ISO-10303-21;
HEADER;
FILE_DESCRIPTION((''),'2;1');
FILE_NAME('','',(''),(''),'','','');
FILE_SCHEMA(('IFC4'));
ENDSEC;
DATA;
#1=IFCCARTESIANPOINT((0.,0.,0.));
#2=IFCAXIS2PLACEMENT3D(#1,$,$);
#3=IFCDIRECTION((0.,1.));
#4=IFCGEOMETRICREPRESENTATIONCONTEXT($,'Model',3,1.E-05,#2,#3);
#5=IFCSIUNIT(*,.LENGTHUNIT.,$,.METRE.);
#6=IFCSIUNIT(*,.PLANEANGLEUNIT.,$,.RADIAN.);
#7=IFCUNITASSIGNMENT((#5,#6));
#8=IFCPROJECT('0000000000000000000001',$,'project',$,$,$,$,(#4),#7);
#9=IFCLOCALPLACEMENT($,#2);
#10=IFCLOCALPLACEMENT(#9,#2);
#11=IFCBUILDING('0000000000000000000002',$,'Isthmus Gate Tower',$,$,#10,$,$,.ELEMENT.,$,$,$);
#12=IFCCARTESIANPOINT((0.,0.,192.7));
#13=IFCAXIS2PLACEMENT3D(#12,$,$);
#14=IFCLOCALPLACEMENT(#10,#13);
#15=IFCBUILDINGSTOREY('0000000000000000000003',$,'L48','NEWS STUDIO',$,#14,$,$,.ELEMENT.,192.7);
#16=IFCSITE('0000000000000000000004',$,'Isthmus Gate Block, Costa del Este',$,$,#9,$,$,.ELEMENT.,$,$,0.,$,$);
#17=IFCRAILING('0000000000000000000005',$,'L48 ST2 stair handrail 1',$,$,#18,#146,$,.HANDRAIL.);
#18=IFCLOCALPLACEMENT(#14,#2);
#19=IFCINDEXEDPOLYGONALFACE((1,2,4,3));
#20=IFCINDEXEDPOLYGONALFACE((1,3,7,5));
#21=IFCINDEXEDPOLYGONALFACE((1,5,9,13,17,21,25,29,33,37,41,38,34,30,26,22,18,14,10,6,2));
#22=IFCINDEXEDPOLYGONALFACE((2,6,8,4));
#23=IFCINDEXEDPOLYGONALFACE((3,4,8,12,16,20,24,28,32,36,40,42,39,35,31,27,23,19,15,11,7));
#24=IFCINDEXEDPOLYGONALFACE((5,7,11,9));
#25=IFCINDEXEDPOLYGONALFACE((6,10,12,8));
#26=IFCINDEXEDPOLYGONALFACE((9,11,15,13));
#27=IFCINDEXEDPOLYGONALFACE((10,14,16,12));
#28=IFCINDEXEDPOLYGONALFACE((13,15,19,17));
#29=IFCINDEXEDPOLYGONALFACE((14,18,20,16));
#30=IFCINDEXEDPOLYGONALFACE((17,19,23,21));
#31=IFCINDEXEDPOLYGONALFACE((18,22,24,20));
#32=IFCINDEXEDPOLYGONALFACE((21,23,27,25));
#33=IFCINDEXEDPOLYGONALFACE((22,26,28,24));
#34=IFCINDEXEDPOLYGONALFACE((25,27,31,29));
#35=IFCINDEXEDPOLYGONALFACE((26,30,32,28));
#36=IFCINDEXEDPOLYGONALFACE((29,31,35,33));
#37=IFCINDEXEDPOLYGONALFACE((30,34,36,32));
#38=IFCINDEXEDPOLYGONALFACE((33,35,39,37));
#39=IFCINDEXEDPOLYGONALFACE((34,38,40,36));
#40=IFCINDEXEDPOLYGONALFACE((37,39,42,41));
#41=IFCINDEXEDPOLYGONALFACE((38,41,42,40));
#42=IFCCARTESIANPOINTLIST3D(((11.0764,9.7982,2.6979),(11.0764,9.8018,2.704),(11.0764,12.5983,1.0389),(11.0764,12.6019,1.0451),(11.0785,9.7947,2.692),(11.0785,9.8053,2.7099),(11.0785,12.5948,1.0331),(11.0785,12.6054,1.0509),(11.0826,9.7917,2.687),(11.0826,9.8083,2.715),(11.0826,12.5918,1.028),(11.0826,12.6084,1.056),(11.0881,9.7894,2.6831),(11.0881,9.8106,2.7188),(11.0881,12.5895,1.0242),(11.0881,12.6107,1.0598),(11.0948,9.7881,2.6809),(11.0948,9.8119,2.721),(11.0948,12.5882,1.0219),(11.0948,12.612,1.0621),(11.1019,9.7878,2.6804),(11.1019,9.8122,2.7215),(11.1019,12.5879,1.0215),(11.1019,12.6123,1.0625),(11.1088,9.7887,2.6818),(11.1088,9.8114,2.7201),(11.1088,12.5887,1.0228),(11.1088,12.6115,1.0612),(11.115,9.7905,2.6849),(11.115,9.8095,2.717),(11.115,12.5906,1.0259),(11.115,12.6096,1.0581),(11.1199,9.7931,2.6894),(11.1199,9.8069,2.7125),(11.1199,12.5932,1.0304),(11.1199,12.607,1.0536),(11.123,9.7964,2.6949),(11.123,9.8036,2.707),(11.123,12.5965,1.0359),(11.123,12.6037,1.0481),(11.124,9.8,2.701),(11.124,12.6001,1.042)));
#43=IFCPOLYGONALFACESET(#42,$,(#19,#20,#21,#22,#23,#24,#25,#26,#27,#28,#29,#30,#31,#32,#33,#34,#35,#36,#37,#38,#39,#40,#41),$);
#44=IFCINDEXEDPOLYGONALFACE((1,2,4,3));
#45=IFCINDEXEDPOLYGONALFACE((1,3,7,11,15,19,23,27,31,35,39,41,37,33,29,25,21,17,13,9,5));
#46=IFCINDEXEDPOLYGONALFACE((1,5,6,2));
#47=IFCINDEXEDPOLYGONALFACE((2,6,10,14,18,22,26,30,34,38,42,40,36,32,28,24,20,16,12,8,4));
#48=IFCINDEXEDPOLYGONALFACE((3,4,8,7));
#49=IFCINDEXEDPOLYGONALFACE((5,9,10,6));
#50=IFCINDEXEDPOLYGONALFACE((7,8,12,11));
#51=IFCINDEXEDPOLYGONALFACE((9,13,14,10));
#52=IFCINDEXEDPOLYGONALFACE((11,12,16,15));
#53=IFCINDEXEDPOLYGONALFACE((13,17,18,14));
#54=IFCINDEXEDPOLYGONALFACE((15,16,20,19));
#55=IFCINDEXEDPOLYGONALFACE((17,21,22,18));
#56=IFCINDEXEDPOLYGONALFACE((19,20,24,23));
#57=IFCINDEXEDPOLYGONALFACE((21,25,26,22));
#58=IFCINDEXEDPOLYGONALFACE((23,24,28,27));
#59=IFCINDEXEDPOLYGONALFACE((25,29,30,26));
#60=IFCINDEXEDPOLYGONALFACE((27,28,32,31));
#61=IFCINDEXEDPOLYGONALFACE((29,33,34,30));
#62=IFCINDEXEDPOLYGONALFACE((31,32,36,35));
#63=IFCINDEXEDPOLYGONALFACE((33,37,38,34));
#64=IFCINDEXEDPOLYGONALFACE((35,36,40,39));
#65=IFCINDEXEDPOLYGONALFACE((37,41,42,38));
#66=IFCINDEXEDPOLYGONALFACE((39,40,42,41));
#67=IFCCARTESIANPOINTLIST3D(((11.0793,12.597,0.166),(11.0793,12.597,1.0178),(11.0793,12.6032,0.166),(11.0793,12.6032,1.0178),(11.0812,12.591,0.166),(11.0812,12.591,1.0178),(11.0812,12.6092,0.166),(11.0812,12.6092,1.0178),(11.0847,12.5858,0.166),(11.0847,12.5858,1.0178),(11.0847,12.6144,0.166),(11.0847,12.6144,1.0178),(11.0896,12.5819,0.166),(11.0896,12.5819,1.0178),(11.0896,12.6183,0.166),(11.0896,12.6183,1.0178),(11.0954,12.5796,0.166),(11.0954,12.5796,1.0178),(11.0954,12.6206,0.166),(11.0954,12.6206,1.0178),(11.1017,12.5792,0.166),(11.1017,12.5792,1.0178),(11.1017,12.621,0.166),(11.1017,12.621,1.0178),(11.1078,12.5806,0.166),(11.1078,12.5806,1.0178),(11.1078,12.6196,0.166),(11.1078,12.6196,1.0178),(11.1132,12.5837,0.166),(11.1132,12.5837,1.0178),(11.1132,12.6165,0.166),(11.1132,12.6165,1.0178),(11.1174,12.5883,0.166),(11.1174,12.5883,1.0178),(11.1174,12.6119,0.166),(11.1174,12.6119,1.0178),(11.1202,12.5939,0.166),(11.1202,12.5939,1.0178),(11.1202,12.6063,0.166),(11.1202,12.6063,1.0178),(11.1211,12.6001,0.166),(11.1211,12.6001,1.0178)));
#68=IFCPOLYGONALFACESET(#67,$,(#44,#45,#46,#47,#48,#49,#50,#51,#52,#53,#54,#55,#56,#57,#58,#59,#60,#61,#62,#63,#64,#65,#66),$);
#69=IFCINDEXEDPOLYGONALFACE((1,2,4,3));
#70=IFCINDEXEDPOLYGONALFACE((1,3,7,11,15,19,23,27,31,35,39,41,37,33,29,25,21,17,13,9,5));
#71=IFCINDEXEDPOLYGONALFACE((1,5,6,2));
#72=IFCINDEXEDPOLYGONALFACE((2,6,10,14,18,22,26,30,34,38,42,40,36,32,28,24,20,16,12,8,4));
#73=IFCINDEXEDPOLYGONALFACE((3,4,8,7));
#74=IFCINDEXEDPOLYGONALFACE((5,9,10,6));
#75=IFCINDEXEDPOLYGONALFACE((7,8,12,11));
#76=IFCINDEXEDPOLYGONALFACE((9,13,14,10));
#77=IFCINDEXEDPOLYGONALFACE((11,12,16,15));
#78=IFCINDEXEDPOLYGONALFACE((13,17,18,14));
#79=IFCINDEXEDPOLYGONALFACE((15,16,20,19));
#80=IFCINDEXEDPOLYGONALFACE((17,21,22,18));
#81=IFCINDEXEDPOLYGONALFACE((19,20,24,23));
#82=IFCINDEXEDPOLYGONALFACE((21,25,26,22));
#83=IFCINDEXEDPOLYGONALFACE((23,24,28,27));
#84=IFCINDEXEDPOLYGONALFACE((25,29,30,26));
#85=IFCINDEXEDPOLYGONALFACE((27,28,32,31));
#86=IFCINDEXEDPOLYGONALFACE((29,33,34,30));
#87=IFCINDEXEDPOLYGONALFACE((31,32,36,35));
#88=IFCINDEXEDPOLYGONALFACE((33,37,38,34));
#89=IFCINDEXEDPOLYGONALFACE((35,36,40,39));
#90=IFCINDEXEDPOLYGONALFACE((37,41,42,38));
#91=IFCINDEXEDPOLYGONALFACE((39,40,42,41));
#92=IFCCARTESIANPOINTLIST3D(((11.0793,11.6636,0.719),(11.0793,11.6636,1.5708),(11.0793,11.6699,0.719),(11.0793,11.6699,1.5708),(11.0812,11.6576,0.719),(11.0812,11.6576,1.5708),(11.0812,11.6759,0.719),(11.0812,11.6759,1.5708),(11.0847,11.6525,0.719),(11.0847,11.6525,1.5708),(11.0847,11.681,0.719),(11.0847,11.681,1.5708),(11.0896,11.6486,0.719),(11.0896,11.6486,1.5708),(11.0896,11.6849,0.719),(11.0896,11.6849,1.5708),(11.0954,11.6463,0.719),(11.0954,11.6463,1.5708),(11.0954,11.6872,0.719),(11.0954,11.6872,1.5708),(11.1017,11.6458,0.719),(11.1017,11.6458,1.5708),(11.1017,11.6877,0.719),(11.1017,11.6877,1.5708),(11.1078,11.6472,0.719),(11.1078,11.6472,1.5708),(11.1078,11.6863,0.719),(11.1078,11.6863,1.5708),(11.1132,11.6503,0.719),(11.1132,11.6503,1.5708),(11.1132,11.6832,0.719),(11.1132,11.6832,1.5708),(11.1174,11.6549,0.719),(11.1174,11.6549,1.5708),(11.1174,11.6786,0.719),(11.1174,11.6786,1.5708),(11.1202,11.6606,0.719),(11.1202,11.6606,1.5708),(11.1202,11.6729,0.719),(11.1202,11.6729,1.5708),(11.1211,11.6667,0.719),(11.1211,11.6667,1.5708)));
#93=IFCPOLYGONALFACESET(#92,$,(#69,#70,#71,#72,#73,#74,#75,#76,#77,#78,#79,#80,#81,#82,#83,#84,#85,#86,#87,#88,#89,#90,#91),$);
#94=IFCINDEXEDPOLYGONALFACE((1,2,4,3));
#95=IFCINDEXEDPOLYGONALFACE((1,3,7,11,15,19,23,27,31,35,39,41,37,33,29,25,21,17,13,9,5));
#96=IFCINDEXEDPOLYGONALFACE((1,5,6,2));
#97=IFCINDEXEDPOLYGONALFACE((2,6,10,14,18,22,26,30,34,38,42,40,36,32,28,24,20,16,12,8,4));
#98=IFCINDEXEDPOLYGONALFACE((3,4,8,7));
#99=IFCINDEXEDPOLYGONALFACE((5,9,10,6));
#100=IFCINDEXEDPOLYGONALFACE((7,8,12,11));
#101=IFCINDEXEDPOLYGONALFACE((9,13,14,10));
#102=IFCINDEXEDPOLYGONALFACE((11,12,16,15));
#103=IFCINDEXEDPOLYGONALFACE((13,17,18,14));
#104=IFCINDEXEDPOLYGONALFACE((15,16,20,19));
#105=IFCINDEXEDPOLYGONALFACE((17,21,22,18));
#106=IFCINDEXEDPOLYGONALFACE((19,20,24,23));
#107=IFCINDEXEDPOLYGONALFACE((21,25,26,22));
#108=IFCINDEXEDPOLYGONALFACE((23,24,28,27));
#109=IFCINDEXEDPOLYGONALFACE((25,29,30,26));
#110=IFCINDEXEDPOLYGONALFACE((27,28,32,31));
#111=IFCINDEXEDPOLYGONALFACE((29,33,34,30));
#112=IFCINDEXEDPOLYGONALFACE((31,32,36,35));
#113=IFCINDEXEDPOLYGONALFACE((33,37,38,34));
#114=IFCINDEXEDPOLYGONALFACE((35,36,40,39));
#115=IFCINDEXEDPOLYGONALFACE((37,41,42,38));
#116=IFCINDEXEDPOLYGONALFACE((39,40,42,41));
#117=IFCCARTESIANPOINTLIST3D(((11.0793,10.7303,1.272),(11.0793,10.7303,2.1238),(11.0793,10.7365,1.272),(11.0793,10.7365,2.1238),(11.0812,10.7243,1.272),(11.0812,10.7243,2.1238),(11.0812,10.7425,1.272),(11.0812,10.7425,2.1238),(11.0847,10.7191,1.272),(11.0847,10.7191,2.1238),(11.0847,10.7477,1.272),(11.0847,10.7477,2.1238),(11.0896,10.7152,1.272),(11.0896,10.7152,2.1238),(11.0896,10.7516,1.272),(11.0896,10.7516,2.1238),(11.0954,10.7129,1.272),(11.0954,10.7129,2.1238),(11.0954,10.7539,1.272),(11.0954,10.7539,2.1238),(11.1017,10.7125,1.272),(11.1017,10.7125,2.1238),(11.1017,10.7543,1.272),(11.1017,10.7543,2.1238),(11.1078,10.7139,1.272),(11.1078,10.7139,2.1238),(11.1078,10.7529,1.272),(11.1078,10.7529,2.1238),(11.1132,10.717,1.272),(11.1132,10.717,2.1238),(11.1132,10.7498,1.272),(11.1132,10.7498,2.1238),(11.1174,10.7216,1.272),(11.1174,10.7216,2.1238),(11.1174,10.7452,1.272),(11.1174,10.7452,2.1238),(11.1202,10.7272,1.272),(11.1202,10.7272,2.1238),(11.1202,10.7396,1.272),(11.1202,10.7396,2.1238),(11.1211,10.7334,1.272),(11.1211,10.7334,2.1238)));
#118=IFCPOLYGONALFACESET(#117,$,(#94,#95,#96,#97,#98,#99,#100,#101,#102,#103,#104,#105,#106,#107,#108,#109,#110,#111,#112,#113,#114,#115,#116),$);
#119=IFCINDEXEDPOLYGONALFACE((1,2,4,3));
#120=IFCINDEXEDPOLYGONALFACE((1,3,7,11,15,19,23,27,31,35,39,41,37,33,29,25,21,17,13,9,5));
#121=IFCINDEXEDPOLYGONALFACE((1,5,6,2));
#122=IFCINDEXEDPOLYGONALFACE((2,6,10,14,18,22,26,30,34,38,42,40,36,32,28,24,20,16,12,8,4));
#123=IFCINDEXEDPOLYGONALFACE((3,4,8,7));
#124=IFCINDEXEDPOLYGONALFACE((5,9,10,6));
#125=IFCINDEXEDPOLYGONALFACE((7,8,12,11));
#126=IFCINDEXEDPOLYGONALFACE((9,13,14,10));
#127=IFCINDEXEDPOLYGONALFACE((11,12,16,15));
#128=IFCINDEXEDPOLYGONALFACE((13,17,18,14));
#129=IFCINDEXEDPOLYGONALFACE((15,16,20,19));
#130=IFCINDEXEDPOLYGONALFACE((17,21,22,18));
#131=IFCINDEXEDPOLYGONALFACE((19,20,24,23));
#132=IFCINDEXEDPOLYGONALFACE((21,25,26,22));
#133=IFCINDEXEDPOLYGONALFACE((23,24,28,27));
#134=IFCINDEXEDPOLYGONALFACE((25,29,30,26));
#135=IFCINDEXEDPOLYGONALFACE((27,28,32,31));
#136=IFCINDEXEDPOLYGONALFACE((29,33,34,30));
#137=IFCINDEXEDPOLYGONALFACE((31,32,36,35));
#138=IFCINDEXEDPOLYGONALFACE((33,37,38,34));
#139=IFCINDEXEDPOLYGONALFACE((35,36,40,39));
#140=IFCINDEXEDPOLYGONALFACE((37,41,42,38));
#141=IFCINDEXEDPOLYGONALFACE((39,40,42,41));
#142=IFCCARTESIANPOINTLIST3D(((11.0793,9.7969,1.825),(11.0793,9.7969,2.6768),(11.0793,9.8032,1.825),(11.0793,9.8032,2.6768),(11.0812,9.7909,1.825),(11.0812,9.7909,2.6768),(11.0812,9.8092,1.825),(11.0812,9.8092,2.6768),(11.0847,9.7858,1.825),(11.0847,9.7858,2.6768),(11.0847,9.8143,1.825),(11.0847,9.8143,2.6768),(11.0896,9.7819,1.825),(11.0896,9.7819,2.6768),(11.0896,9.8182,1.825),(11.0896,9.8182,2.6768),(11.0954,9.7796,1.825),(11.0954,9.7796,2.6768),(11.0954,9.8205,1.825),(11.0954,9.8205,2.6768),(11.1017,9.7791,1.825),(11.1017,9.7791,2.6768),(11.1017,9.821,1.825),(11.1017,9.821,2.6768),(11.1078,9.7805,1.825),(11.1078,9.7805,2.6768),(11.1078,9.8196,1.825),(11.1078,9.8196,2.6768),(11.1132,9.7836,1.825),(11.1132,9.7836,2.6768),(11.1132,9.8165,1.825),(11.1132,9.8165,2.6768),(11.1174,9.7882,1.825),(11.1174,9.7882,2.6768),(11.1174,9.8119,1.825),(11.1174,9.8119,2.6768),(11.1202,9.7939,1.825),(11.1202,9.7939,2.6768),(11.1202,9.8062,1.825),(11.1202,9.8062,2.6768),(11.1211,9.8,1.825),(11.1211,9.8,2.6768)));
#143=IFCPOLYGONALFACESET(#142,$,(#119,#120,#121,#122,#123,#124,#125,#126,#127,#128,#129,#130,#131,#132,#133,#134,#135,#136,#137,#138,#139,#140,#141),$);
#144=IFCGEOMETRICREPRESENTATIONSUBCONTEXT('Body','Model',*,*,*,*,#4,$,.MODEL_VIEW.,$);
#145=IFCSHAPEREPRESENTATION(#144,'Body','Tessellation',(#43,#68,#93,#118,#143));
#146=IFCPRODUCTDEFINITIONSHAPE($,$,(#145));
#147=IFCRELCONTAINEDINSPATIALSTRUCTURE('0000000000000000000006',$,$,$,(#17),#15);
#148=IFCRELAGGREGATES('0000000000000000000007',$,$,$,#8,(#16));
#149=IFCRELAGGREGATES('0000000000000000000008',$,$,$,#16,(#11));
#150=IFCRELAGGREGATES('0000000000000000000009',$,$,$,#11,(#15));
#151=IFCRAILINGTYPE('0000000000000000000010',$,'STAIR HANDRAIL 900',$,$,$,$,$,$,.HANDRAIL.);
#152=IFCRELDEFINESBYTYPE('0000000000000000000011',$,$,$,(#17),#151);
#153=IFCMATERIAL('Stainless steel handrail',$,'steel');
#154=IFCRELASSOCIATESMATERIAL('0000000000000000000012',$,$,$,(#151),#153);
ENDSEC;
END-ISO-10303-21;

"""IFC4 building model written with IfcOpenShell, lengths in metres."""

from ifc_helpers import new_model, si_unit, direction, frame, origin, origin_2d, place, context, subcontext, project, spatial, circle, extrude, material, type_object, element, save


model = new_model("IFC4")

# Units and contexts
model_context = context("Model", 3, precision=1e-05, world=origin(), true_north=direction((0.0, 1.0)))
body_context = subcontext(model_context, "Body", "Model", "MODEL_VIEW")
ifc_project = project(units=[si_unit("LENGTHUNIT", "METRE"), si_unit("PLANEANGLEUNIT", "RADIAN")], contexts=[model_context])

# Site, building, storey
site_placement = place(None, origin())
site = spatial("IfcSite", under=ifc_project, at=site_placement, Name="Isthmus Gate Block, Costa del Este", CompositionType="ELEMENT", RefElevation=0.0)
building_placement = place(site_placement, origin())
building = spatial("IfcBuilding", under=site, at=building_placement, Name="Isthmus Gate Tower", CompositionType="ELEMENT")
storey_placement = place(building_placement, frame((0.0, 0.0, 192.7)))
storey = spatial("IfcBuildingStorey", under=building, at=storey_placement, Name="L48", Description="NEWS STUDIO", CompositionType="ELEMENT", Elevation=192.7)

# Railing
ifc_material_1 = material(Name="Stainless steel handrail", Category="steel")
railing_type_1 = type_object("IfcRailingType", Name="STAIR HANDRAIL 900", PredefinedType="HANDRAIL", material=ifc_material_1)
railing_1_placement = place(storey_placement, frame((11.1001, 12.6001, 0.166)))
element("IfcRailing", 1, at=railing_1_placement, inside=storey, type_object=railing_type_1, Name="L48 ST2 stair handrail 1", PredefinedType="HANDRAIL", context=body_context, shape_type="SweptSolid", body=[
    extrude(circle(Radius=0.0239, at=origin_2d()), frame((0.0, 0.0, 0.876), z_axis=(0.0, -0.860339, 0.509722), x_axis=(1.0, 0.0, 0.0)), (0.0, 0.0, 1.0), 3.2546),
    extrude(circle(Radius=0.021, at=origin_2d()), origin(), (0.0, 0.0, 1.0), 0.8518),
    extrude(circle(Radius=0.021, at=origin_2d()), frame((0.0, -0.9333, 0.553)), (0.0, 0.0, 1.0), 0.8518),
    extrude(circle(Radius=0.021, at=origin_2d()), frame((0.0, -1.8667, 1.106)), (0.0, 0.0, 1.0), 0.8518),
    extrude(circle(Radius=0.021, at=origin_2d()), frame((0.0, -2.8, 1.6589)), (0.0, 0.0, 1.0), 0.8518),
])

save(model, "model.ifc")
